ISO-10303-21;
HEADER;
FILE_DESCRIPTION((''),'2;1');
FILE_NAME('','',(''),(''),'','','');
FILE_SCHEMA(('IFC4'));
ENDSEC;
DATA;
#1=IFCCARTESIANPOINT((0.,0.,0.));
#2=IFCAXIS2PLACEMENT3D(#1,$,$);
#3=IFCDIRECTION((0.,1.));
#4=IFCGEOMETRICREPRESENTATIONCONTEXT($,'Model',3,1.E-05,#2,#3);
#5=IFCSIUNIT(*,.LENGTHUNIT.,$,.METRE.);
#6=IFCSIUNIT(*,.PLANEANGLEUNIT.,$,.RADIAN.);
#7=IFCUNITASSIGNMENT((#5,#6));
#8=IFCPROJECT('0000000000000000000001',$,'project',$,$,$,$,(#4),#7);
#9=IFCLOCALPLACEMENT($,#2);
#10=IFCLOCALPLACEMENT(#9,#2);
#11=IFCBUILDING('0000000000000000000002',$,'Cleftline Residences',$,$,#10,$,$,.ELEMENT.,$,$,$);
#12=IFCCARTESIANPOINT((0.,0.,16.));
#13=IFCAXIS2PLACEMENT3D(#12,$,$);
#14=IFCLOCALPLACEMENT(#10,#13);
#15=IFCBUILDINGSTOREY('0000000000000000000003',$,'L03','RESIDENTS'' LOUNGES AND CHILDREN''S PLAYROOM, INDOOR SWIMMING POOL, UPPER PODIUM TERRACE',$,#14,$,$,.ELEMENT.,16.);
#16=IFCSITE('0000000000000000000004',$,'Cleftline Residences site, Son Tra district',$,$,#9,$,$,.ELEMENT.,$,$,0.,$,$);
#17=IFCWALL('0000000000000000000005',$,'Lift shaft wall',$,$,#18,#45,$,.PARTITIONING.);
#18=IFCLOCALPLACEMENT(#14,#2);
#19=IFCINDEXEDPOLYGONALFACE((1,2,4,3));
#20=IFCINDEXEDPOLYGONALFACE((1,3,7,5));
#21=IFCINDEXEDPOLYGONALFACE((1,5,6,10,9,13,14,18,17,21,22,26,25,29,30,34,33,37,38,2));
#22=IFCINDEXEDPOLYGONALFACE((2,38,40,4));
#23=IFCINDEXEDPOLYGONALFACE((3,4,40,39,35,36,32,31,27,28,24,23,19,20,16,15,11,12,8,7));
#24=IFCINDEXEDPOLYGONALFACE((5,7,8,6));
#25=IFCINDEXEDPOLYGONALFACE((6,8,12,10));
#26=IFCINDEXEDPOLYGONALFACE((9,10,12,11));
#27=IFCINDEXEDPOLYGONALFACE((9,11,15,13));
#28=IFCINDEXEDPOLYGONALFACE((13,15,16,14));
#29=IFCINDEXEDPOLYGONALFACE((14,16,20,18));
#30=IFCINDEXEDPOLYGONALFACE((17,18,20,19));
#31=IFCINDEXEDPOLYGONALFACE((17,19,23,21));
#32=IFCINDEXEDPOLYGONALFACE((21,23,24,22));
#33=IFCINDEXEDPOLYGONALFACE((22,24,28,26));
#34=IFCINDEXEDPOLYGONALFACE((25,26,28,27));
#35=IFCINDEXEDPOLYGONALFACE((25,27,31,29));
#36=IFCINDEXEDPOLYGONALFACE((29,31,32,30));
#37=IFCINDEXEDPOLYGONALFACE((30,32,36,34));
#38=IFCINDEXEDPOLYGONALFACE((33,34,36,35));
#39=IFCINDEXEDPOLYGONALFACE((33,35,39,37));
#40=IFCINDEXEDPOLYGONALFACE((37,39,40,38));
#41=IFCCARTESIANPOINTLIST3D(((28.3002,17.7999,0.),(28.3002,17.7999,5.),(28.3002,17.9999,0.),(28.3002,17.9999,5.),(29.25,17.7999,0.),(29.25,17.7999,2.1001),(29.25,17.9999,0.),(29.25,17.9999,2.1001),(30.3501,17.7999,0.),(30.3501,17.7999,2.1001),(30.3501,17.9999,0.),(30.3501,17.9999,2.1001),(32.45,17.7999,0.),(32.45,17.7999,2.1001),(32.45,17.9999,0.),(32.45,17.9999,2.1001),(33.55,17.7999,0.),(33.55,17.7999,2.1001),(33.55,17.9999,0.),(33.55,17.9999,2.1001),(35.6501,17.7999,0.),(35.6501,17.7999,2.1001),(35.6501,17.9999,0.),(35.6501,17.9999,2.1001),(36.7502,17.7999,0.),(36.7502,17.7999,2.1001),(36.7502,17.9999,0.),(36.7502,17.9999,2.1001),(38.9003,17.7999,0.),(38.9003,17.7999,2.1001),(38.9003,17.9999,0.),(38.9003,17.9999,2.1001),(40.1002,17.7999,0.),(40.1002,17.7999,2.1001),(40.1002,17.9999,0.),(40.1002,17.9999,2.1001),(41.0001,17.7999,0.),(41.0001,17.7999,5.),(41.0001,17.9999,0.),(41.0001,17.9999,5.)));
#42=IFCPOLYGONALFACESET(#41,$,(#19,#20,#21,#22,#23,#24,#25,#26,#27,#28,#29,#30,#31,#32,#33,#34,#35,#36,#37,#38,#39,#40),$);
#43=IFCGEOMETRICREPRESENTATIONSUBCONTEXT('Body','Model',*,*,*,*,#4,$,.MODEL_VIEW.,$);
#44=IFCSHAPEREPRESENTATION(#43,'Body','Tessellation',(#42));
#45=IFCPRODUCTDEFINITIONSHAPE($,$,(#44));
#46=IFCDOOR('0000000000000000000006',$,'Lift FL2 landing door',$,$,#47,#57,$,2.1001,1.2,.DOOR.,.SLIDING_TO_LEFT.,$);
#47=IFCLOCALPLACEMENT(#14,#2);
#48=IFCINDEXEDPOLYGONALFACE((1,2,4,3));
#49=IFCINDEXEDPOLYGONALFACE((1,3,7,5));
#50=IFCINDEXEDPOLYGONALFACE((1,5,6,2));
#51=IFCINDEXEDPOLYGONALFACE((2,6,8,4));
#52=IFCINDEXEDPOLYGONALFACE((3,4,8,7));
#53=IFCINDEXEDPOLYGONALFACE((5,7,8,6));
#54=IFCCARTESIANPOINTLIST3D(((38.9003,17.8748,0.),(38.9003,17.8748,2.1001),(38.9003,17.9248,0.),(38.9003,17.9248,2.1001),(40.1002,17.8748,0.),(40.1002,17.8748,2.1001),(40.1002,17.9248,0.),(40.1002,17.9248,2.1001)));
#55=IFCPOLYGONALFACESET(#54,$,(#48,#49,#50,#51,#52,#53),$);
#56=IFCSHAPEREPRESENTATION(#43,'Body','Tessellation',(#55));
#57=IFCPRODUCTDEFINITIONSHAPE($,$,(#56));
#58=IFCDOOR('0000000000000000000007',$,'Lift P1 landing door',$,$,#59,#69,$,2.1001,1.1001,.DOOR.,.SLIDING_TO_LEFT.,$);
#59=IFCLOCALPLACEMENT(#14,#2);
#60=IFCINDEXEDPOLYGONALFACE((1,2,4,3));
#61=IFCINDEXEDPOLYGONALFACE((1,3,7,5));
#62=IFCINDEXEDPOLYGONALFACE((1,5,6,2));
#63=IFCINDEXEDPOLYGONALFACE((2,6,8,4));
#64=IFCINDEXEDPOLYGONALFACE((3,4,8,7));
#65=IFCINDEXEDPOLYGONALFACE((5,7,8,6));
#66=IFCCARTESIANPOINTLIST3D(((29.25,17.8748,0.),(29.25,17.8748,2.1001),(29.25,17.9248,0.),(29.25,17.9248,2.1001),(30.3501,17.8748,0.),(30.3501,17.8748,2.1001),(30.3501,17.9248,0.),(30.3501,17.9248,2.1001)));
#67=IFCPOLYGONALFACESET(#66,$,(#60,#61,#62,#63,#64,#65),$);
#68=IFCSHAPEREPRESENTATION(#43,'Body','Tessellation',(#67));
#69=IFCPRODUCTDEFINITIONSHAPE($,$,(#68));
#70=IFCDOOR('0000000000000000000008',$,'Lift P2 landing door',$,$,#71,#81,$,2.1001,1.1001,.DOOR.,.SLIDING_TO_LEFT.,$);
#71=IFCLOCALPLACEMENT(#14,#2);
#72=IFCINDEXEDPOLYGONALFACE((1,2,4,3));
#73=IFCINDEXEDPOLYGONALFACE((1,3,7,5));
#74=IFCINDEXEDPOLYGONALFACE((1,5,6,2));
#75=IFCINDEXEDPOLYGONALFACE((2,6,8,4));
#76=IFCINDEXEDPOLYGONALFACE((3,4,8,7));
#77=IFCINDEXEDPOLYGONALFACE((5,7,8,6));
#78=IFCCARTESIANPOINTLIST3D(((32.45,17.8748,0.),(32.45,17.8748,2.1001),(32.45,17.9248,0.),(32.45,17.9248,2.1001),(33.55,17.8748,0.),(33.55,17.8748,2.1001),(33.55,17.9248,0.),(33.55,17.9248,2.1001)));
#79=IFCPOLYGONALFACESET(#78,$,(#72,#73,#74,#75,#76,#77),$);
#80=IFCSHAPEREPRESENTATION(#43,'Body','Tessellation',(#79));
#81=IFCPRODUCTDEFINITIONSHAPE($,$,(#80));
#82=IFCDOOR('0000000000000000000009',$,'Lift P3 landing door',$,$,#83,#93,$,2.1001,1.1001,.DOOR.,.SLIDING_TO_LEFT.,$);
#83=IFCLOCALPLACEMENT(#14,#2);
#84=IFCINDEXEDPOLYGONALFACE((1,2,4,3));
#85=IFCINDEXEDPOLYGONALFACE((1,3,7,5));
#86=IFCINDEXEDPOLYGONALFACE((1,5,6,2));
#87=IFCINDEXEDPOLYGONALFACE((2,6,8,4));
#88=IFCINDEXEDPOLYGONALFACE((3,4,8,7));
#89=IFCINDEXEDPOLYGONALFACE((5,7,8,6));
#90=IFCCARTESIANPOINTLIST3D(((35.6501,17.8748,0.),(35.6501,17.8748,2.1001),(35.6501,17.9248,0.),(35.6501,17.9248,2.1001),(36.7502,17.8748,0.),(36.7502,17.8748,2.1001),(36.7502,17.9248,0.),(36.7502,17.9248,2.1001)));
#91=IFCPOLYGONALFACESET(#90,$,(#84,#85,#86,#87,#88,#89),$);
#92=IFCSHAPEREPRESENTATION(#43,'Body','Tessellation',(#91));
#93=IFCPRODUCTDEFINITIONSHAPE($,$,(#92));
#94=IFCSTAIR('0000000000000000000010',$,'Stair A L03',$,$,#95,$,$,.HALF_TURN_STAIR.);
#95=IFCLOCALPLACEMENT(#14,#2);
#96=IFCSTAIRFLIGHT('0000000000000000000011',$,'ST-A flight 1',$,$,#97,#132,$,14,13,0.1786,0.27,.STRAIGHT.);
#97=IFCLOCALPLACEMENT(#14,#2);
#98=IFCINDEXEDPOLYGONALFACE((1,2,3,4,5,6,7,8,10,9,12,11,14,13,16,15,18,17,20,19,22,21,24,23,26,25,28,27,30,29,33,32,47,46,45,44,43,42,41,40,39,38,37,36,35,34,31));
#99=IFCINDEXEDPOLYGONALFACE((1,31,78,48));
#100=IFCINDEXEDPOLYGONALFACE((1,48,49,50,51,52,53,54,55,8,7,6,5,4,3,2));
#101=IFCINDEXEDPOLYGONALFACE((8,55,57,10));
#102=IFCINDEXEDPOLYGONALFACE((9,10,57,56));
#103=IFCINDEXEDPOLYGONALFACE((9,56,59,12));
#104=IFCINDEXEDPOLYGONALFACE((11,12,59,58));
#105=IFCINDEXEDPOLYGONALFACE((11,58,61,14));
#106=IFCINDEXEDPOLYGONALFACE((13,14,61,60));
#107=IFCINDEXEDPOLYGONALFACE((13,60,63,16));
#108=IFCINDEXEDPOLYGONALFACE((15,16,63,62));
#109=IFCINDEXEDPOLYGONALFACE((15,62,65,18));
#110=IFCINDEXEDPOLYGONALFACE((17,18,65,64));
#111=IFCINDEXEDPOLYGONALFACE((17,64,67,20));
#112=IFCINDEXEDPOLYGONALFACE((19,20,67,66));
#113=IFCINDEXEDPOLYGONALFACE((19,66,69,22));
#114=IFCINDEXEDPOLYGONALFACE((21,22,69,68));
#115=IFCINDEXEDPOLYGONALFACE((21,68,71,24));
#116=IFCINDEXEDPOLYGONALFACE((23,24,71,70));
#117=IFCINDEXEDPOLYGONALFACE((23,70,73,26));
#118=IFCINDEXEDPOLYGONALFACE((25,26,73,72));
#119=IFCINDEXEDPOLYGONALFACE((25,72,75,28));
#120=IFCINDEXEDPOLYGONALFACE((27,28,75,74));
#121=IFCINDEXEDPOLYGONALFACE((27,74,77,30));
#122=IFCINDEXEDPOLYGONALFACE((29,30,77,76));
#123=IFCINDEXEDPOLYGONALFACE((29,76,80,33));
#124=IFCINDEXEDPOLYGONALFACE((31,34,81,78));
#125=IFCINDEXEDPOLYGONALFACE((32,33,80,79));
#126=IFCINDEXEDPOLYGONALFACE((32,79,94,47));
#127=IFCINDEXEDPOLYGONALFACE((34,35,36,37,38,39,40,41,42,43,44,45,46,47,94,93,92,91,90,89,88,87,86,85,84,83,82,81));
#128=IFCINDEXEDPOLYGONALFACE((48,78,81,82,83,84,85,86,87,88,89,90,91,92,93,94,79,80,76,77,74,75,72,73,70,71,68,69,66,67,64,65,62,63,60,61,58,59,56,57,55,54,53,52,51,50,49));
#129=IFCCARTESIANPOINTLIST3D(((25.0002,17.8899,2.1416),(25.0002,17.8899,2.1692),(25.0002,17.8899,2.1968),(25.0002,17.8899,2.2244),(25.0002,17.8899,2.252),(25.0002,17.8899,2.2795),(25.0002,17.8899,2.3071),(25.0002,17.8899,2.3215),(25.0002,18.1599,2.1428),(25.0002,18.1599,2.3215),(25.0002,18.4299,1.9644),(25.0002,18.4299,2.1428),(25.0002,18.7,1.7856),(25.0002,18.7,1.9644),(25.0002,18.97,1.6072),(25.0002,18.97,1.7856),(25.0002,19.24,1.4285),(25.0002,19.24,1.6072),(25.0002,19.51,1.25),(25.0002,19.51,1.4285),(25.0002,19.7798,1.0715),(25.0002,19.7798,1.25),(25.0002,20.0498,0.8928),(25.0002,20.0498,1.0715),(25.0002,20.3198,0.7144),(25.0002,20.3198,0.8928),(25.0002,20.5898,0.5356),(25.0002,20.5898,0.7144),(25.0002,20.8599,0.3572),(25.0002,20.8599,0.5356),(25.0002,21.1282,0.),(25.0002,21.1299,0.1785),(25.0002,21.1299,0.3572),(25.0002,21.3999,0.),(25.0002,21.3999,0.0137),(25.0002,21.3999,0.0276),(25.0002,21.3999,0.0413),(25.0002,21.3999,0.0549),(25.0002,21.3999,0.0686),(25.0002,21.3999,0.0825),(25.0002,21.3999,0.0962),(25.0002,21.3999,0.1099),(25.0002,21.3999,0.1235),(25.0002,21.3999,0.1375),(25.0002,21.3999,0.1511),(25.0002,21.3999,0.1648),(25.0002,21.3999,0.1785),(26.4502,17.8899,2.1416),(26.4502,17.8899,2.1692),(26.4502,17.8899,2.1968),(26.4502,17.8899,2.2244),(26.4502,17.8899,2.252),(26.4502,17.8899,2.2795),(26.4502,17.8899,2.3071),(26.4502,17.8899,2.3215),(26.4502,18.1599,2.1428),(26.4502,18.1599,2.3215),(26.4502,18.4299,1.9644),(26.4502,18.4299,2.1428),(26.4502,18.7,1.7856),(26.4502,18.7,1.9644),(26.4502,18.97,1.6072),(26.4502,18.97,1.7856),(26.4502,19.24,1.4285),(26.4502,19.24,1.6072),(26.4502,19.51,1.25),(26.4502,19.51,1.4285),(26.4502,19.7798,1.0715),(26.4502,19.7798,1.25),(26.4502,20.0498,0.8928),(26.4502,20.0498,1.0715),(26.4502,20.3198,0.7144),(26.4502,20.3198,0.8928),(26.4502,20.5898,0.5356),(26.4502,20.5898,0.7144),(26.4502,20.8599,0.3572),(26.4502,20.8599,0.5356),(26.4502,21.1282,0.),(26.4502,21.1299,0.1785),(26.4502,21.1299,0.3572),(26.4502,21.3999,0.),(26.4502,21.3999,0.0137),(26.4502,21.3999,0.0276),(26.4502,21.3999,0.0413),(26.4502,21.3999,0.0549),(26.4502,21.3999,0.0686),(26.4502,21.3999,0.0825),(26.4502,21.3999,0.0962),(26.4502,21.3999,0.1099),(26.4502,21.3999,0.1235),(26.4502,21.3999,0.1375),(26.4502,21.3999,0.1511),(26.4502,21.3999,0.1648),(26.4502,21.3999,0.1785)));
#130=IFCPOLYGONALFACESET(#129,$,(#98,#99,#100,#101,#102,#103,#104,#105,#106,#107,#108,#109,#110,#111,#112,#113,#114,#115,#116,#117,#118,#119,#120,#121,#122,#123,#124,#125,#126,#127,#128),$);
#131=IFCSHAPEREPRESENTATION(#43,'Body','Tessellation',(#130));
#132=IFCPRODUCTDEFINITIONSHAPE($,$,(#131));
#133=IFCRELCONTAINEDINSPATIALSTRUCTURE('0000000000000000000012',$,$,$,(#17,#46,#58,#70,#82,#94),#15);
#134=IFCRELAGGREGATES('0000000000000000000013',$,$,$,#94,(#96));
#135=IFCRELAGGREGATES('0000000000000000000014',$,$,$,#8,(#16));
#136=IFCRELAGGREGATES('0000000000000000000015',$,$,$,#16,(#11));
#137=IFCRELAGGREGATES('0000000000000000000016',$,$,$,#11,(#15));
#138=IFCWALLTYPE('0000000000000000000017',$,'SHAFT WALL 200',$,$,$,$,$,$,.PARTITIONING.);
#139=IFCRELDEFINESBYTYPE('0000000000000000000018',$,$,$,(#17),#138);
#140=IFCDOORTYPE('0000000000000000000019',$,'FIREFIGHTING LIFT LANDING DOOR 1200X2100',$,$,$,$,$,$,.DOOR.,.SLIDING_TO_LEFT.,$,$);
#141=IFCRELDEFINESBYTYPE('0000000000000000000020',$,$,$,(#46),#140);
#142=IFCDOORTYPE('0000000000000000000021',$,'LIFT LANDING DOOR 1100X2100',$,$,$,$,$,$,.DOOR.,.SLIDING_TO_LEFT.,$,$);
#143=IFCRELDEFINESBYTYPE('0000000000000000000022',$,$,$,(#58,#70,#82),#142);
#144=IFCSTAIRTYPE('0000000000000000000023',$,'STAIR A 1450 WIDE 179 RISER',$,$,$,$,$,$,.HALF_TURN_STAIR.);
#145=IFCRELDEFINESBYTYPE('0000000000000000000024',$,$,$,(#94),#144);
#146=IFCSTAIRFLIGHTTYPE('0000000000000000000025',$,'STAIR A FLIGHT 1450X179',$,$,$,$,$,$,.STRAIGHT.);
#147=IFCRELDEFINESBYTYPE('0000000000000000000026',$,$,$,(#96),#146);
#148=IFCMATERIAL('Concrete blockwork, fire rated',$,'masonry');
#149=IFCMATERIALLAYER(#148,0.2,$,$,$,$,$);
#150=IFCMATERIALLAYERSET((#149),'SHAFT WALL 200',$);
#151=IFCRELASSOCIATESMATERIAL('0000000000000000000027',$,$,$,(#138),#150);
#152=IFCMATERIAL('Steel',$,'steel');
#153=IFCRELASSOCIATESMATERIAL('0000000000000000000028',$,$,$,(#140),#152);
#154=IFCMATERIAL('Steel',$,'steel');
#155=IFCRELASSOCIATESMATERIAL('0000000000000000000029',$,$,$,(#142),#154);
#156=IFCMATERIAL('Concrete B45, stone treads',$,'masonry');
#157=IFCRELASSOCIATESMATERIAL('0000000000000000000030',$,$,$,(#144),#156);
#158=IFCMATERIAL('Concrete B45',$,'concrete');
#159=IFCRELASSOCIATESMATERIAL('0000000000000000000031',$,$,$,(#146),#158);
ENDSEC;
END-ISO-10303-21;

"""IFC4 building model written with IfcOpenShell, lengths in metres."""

from ifc_helpers import new_model, si_unit, direction, frame, frame_2d, origin, place, context, subcontext, project, spatial, polyline, rectangle, outline, extrude, material, layer, layer_set, type_object, element, fill, aggregate, save


model = new_model("IFC4")

# Units and contexts
model_context = context("Model", 3, precision=1e-05, world=origin(), true_north=direction((0.0, 1.0)))
body_context = subcontext(model_context, "Body", "Model", "MODEL_VIEW")
ifc_project = project(units=[si_unit("LENGTHUNIT", "METRE"), si_unit("PLANEANGLEUNIT", "RADIAN")], contexts=[model_context])

# Site, building, storey
site_placement = place(None, origin())
site = spatial("IfcSite", under=ifc_project, at=site_placement, Name="Cleftline Residences site, Son Tra district", CompositionType="ELEMENT", RefElevation=0.0)
building_placement = place(site_placement, origin())
building = spatial("IfcBuilding", under=site, at=building_placement, Name="Cleftline Residences", CompositionType="ELEMENT")
storey_placement = place(building_placement, frame((0.0, 0.0, 16.0)))
storey = spatial("IfcBuildingStorey", under=building, at=storey_placement, Name="L03", Description="RESIDENTS' LOUNGES AND CHILDREN'S PLAYROOM, INDOOR SWIMMING POOL, UPPER PODIUM TERRACE", CompositionType="ELEMENT", Elevation=16.0)

# Wall, openings, doors
ifc_material_1 = material(Name="Concrete blockwork, fire rated", Category="masonry")
ifc_layer_1 = layer(ifc_material_1, 0.2)
ifc_layer_set_1 = layer_set([ifc_layer_1], Name="SHAFT WALL 200")
wall_type_1 = type_object("IfcWallType", Name="SHAFT WALL 200", PredefinedType="PARTITIONING", material=ifc_layer_set_1)
wall_1_placement = place(storey_placement, frame((28.3, 17.8999, 0.0), z_axis=(0.0, 0.0, 1.0), x_axis=(1.0, 0.0, 0.0)))
wall_1 = element("IfcWall", 1, at=wall_1_placement, inside=storey, type_object=wall_type_1, Name="Lift shaft wall", PredefinedType="PARTITIONING", context=body_context, shape_type="SweptSolid", body=[
    extrude(rectangle(XDim=12.7, YDim=0.2, at=frame_2d((6.3501, 0.0))), origin(), (0.0, 0.0, 1.0), 5.0),
])
opening_1_placement = place(wall_1_placement, frame((0.95, 0.0, 0.0)))
opening_1 = element("IfcOpeningElement", 2, at=opening_1_placement, cuts=wall_1, PredefinedType="OPENING", context=body_context, shape_type="SweptSolid", body=[
    extrude(rectangle(XDim=1.1001, YDim=2.1001, at=frame_2d((0.55, 1.05))), frame((0.0, 0.1099, 0.0), z_axis=(0.0, -1.0, 0.0), x_axis=(1.0, 0.0, 0.0)), (0.0, 0.0, 1.0), 0.22),
])
opening_2_placement = place(wall_1_placement, frame((4.1499, 0.0, 0.0)))
opening_2 = element("IfcOpeningElement", 3, at=opening_2_placement, cuts=wall_1, PredefinedType="OPENING", context=body_context, shape_type="SweptSolid", body=[
    extrude(rectangle(XDim=1.1001, YDim=2.1001, at=frame_2d((0.55, 1.05))), frame((0.0, 0.1099, 0.0), z_axis=(0.0, -1.0, 0.0), x_axis=(1.0, 0.0, 0.0)), (0.0, 0.0, 1.0), 0.22),
])
opening_3_placement = place(wall_1_placement, frame((7.3501, 0.0, 0.0)))
opening_3 = element("IfcOpeningElement", 4, at=opening_3_placement, cuts=wall_1, PredefinedType="OPENING", context=body_context, shape_type="SweptSolid", body=[
    extrude(rectangle(XDim=1.1001, YDim=2.1001, at=frame_2d((0.55, 1.05))), frame((0.0, 0.1099, 0.0), z_axis=(0.0, -1.0, 0.0), x_axis=(1.0, 0.0, 0.0)), (0.0, 0.0, 1.0), 0.22),
])
opening_4_placement = place(wall_1_placement, frame((10.6001, 0.0, 0.0)))
opening_4 = element("IfcOpeningElement", 5, at=opening_4_placement, cuts=wall_1, PredefinedType="OPENING", context=body_context, shape_type="SweptSolid", body=[
    extrude(rectangle(XDim=1.2, YDim=2.1001, at=frame_2d((0.6001, 1.05))), frame((0.0, 0.1099, 0.0), z_axis=(0.0, -1.0, 0.0), x_axis=(1.0, 0.0, 0.0)), (0.0, 0.0, 1.0), 0.22),
])
ifc_material_2 = material(Name="Steel", Category="steel")
door_type_1 = type_object("IfcDoorType", Name="FIREFIGHTING LIFT LANDING DOOR 1200X2100", OperationType="SLIDING_TO_LEFT", PredefinedType="DOOR", material=ifc_material_2)
door_1_placement = place(opening_4_placement, origin())
door_1 = element("IfcDoor", 6, at=door_1_placement, inside=storey, type_object=door_type_1, Name="Lift FL2 landing door", OperationType="SLIDING_TO_LEFT", OverallHeight=2.1001, OverallWidth=1.2, PredefinedType="DOOR", context=body_context, shape_type="SweptSolid", body=[
    extrude(rectangle(XDim=1.2, YDim=2.1001, at=frame_2d((0.6001, 1.05))), frame((0.0, 0.0249, 0.0), z_axis=(0.0, -1.0, 0.0), x_axis=(1.0, 0.0, 0.0)), (0.0, 0.0, 1.0), 0.05),
])
fill(opening_4, door_1)
ifc_material_3 = material(Name="Steel", Category="steel")
door_type_2 = type_object("IfcDoorType", Name="LIFT LANDING DOOR 1100X2100", OperationType="SLIDING_TO_LEFT", PredefinedType="DOOR", material=ifc_material_3)
door_2_placement = place(opening_1_placement, origin())
door_2 = element("IfcDoor", 7, at=door_2_placement, inside=storey, type_object=door_type_2, Name="Lift P1 landing door", OperationType="SLIDING_TO_LEFT", OverallHeight=2.1001, OverallWidth=1.1001, PredefinedType="DOOR", context=body_context, shape_type="SweptSolid", body=[
    extrude(rectangle(XDim=1.1001, YDim=2.1001, at=frame_2d((0.55, 1.05))), frame((0.0, 0.0249, 0.0), z_axis=(0.0, -1.0, 0.0), x_axis=(1.0, 0.0, 0.0)), (0.0, 0.0, 1.0), 0.05),
])
fill(opening_1, door_2)
door_3_placement = place(opening_2_placement, origin())
door_3 = element("IfcDoor", 8, at=door_3_placement, inside=storey, type_object=door_type_2, Name="Lift P2 landing door", OperationType="SLIDING_TO_LEFT", OverallHeight=2.1001, OverallWidth=1.1001, PredefinedType="DOOR", context=body_context, shape_type="SweptSolid", body=[
    extrude(rectangle(XDim=1.1001, YDim=2.1001, at=frame_2d((0.55, 1.05))), frame((0.0, 0.0249, 0.0), z_axis=(0.0, -1.0, 0.0), x_axis=(1.0, 0.0, 0.0)), (0.0, 0.0, 1.0), 0.05),
])
fill(opening_2, door_3)
door_4_placement = place(opening_3_placement, origin())
door_4 = element("IfcDoor", 9, at=door_4_placement, inside=storey, type_object=door_type_2, Name="Lift P3 landing door", OperationType="SLIDING_TO_LEFT", OverallHeight=2.1001, OverallWidth=1.1001, PredefinedType="DOOR", context=body_context, shape_type="SweptSolid", body=[
    extrude(rectangle(XDim=1.1001, YDim=2.1001, at=frame_2d((0.55, 1.05))), frame((0.0, 0.0249, 0.0), z_axis=(0.0, -1.0, 0.0), x_axis=(1.0, 0.0, 0.0)), (0.0, 0.0, 1.0), 0.05),
])
fill(opening_3, door_4)

# Stair, stair flight
ifc_material_4 = material(Name="Concrete B45, stone treads", Category="masonry")
stair_type = type_object("IfcStairType", Name="STAIR A 1450 WIDE 179 RISER", PredefinedType="HALF_TURN_STAIR", material=ifc_material_4)
stair_placement = place(storey_placement, origin())
stair = element("IfcStair", 10, at=stair_placement, inside=storey, type_object=stair_type, Name="Stair A L03", PredefinedType="HALF_TURN_STAIR")
ifc_material_5 = material(Name="Concrete B45", Category="concrete")
stair_flight_type = type_object("IfcStairFlightType", Name="STAIR A FLIGHT 1450X179", PredefinedType="STRAIGHT", material=ifc_material_5)
stair_flight_1_placement = place(storey_placement, frame((25.7251, 21.3999, 0.0), z_axis=(0.0, 0.0, 1.0), x_axis=(0.0, -1.0, 0.0)))
stair_flight_1 = element("IfcStairFlight", 11, at=stair_flight_1_placement, type_object=stair_flight_type, Name="ST-A flight 1", NumberOfRisers=14, NumberOfTreads=13, PredefinedType="STRAIGHT", RiserHeight=0.1786, TreadLength=0.27, context=body_context, shape_type="SweptSolid", body=[
    extrude(outline(polyline([(0.0, 0.0), (0.0, 0.0137), (0.0, 0.0276), (0.0, 0.0413), (0.0, 0.0549), (0.0, 0.0686), (0.0, 0.0825), (0.0, 0.0962), (0.0, 0.1099), (0.0, 0.1235), (0.0, 0.1375), (0.0, 0.1511), (0.0, 0.1648), (0.0, 0.1785), (0.27, 0.1785), (0.27, 0.3572), (0.54, 0.3572), (0.54, 0.5356), (0.8101, 0.5356), (0.8101, 0.7144), (1.0801, 0.7144), (1.0801, 0.8928), (1.3501, 0.8928), (1.3501, 1.0715), (1.6201, 1.0715), (1.6201, 1.25), (1.8899, 1.25), (1.8899, 1.4285), (2.1599, 1.4285), (2.1599, 1.6072), (2.4299, 1.6072), (2.4299, 1.7856), (2.7, 1.7856), (2.7, 1.9644), (2.97, 1.9644), (2.97, 2.1428), (3.24, 2.1428), (3.24, 2.3215), (3.51, 2.3215), (3.51, 2.5), (3.51, 2.4724), (3.51, 2.4448), (3.51, 2.4172), (3.51, 2.3896), (3.51, 2.3623), (3.51, 2.3347), (3.51, 2.3071), (3.51, 2.2795), (3.51, 2.252), (3.51, 2.2244), (3.51, 2.1968), (3.51, 2.1692), (3.51, 2.1416), (0.2717, 0.0), (0.0, 0.0)])), frame((0.0, 0.7251, 0.0), z_axis=(0.0, -1.0, 0.0), x_axis=(1.0, 0.0, 0.0)), (0.0, 0.0, 1.0), 1.45),
])
aggregate(stair, [stair_flight_1])

save(model, "model.ifc")
